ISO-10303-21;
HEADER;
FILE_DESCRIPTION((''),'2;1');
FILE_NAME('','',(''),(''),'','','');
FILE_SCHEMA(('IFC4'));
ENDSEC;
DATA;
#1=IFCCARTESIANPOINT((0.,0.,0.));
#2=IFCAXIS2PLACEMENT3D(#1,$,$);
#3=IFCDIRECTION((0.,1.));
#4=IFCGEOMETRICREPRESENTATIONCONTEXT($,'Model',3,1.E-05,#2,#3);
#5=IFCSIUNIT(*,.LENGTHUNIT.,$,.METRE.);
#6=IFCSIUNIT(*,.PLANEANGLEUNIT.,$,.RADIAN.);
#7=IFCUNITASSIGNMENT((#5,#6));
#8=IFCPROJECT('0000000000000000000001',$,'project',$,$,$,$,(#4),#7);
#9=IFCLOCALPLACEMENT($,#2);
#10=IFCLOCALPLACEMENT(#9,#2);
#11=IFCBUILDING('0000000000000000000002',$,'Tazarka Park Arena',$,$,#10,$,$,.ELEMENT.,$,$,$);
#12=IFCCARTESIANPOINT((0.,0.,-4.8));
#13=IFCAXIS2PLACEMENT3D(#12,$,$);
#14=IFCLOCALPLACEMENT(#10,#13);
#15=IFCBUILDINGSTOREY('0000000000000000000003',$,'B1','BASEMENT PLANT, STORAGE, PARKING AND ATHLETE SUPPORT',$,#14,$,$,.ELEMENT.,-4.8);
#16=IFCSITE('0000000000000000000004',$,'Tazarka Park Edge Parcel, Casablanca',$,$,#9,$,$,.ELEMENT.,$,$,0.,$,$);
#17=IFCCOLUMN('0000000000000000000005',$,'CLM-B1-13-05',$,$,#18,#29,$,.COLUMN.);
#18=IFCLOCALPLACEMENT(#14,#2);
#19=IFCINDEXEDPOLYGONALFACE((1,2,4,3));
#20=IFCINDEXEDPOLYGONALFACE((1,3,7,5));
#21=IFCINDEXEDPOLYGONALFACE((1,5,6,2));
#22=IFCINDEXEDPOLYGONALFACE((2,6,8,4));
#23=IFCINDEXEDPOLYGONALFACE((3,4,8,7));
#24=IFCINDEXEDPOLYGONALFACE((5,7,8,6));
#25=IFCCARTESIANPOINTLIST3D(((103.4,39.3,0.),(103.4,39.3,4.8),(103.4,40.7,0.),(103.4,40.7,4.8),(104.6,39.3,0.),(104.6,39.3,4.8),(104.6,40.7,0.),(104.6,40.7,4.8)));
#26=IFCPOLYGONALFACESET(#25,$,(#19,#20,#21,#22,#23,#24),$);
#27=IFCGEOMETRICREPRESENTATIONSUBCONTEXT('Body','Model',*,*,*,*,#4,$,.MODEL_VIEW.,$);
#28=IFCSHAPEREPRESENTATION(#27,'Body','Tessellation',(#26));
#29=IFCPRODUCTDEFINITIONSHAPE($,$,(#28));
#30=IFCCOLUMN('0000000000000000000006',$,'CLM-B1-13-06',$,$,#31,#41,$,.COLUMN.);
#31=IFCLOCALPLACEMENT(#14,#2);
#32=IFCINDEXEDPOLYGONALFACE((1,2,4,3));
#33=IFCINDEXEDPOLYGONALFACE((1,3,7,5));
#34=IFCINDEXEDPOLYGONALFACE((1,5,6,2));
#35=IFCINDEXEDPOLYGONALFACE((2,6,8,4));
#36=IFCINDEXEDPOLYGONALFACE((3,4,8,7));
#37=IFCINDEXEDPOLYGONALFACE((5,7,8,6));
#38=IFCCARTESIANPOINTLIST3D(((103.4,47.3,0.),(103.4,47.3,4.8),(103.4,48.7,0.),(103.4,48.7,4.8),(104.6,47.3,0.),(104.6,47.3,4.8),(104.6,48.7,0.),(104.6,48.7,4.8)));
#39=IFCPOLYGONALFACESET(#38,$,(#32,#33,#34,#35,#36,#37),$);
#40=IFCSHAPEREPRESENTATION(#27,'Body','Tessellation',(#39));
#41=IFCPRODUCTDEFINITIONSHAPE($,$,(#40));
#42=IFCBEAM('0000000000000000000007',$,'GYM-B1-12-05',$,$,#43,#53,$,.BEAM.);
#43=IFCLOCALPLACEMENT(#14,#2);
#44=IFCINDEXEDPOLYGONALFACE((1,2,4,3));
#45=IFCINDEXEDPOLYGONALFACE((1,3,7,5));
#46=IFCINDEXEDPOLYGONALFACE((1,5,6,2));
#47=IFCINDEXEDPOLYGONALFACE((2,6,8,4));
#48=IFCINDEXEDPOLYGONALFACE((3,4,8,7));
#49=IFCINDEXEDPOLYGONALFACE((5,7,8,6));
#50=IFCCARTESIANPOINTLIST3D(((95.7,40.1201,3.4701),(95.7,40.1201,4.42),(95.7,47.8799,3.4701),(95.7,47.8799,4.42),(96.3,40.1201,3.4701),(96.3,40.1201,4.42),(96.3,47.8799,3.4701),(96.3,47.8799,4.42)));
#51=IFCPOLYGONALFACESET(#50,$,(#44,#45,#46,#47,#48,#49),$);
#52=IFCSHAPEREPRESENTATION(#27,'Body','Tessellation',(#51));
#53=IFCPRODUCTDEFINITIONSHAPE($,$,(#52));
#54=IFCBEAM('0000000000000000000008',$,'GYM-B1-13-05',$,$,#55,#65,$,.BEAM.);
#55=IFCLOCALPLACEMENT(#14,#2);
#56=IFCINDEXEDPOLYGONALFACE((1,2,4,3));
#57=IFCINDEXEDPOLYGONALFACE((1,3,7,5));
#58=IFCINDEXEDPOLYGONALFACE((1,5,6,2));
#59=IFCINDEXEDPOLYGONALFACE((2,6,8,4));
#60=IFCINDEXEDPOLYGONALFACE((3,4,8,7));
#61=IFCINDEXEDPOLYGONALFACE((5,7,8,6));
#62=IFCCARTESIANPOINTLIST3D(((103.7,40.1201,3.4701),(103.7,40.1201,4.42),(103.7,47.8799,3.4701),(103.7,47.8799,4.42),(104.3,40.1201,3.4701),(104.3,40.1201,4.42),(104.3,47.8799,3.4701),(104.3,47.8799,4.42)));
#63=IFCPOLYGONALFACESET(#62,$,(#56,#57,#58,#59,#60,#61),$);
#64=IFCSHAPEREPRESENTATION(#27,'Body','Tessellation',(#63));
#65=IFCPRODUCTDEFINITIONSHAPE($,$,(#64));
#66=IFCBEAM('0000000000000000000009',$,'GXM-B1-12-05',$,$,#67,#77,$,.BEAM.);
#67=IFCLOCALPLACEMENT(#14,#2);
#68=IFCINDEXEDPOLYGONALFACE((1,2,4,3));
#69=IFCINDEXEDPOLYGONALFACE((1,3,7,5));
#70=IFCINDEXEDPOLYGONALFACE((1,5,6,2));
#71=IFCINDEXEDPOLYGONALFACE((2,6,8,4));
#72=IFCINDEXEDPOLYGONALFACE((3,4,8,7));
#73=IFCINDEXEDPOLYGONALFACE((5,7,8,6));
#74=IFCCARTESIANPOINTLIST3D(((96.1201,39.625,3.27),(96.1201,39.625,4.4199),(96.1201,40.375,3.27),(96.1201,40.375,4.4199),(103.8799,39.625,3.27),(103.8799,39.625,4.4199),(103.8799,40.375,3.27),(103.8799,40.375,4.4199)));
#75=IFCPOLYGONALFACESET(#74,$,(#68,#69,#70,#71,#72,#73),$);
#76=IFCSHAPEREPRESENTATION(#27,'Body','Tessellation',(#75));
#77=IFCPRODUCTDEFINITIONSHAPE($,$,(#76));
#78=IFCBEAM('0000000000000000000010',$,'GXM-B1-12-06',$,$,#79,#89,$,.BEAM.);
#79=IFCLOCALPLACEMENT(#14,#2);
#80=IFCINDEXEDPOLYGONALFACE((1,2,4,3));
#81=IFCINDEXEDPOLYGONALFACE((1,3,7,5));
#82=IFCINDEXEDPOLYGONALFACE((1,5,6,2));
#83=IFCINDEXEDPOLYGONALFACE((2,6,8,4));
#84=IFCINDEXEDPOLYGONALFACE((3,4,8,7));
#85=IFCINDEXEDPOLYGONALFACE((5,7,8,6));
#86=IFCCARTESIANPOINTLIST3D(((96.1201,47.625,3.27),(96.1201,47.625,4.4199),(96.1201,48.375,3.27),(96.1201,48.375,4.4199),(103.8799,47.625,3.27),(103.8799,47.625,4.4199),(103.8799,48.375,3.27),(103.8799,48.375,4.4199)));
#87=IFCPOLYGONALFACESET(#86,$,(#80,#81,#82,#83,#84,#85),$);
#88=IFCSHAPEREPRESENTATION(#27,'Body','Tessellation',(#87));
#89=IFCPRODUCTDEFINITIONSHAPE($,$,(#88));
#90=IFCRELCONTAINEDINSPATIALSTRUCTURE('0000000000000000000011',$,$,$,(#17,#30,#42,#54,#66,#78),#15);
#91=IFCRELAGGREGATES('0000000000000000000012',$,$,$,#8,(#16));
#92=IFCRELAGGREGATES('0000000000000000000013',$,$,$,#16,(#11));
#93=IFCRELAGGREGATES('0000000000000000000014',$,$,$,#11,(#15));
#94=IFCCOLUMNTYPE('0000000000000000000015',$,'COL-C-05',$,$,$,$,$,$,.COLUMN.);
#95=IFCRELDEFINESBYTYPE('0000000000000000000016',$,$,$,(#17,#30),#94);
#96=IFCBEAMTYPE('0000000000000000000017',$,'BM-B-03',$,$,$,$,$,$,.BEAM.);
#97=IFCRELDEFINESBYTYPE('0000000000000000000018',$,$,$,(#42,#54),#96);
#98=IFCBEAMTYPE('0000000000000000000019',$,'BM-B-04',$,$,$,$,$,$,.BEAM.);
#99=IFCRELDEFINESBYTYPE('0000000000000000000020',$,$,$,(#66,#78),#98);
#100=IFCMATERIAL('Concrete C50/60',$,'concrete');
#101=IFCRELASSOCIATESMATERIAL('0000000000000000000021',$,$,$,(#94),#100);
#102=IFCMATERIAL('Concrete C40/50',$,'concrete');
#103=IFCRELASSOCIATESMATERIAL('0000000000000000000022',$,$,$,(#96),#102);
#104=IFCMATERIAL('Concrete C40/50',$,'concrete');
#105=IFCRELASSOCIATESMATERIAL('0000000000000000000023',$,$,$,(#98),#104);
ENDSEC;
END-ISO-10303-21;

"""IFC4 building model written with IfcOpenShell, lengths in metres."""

from ifc_helpers import new_model, si_unit, direction, frame, origin, origin_2d, place, context, subcontext, project, spatial, rectangle, extrude, material, material_profile, profile_set, type_object, element, save


model = new_model("IFC4")

# Units and contexts
model_context = context("Model", 3, precision=1e-05, world=origin(), true_north=direction((0.0, 1.0)))
body_context = subcontext(model_context, "Body", "Model", "MODEL_VIEW")
ifc_project = project(units=[si_unit("LENGTHUNIT", "METRE"), si_unit("PLANEANGLEUNIT", "RADIAN")], contexts=[model_context])

# Site, building, storey
site_placement = place(None, origin())
site = spatial("IfcSite", under=ifc_project, at=site_placement, Name="Tazarka Park Edge Parcel, Casablanca", CompositionType="ELEMENT", RefElevation=0.0)
building_placement = place(site_placement, origin())
building = spatial("IfcBuilding", under=site, at=building_placement, Name="Tazarka Park Arena", CompositionType="ELEMENT")
storey_placement = place(building_placement, frame((0.0, 0.0, -4.8)))
storey = spatial("IfcBuildingStorey", under=building, at=storey_placement, Name="B1", Description="BASEMENT PLANT, STORAGE, PARKING AND ATHLETE SUPPORT", CompositionType="ELEMENT", Elevation=-4.8)

# Columns
ifc_material_1 = material(Name="Concrete C50/60", Category="concrete")
ifc_material_profile_1 = material_profile(ifc_material_1, rectangle(XDim=1.2, YDim=1.3999, at=origin_2d()), Name="Concrete C50/60")
ifc_profile_set_1 = profile_set([ifc_material_profile_1], Name="Concrete C50/60")
column_type = type_object("IfcColumnType", Name="COL-C-05", PredefinedType="COLUMN", material=ifc_profile_set_1)
for number, where, z_axis, x_axis, name in (
    (1, (104.0, 40.0, 0.0), (0.0, 0.0, 1.0), (1.0, 0.0, 0.0), "CLM-B1-13-05"),
    (2, (104.0, 48.0, 0.0), (0.0, 0.0, 1.0), (1.0, 0.0, 0.0), "CLM-B1-13-06"),
):
    element("IfcColumn", number, at=place(storey_placement, frame(where, z_axis=z_axis, x_axis=x_axis)), inside=storey, type_object=column_type, Name=name, PredefinedType="COLUMN", context=body_context, shape_type="SweptSolid", body=[
        extrude(rectangle(XDim=1.2, YDim=1.3999, at=origin_2d()), origin(), (0.0, 0.0, 1.0), 4.8),
    ])

# Beams
ifc_material_2 = material(Name="Concrete C40/50", Category="concrete")
ifc_material_profile_2 = material_profile(ifc_material_2, rectangle(XDim=0.6001, YDim=0.95, at=origin_2d()), Name="Concrete C40/50")
ifc_profile_set_2 = profile_set([ifc_material_profile_2], Name="Concrete C40/50")
beam_type_1 = type_object("IfcBeamType", Name="BM-B-03", PredefinedType="BEAM", material=ifc_profile_set_2)
for number, where, z_axis, x_axis, name in (
    (3, (96.0, 40.1201, 3.9451), (0.0, 1.0, 0.0), (-1.0, 0.0, 0.0), "GYM-B1-12-05"),
    (4, (104.0, 40.1201, 3.9451), (0.0, 1.0, 0.0), (-1.0, 0.0, 0.0), "GYM-B1-13-05"),
):
    element("IfcBeam", number, at=place(storey_placement, frame(where, z_axis=z_axis, x_axis=x_axis)), inside=storey, type_object=beam_type_1, Name=name, PredefinedType="BEAM", context=body_context, shape_type="SweptSolid", body=[
        extrude(rectangle(XDim=0.6001, YDim=0.95, at=origin_2d()), origin(), (0.0, 0.0, 1.0), 7.7598),
    ])
ifc_material_3 = material(Name="Concrete C40/50", Category="concrete")
ifc_material_profile_3 = material_profile(ifc_material_3, rectangle(XDim=0.75, YDim=1.1499, at=origin_2d()), Name="Concrete C40/50")
ifc_profile_set_3 = profile_set([ifc_material_profile_3], Name="Concrete C40/50")
beam_type_2 = type_object("IfcBeamType", Name="BM-B-04", PredefinedType="BEAM", material=ifc_profile_set_3)
for number, where, z_axis, x_axis, name in (
    (5, (96.1201, 40.0, 3.845), (1.0, 0.0, 0.0), (0.0, 1.0, 0.0), "GXM-B1-12-05"),
    (6, (96.1201, 48.0, 3.845), (1.0, 0.0, 0.0), (0.0, 1.0, 0.0), "GXM-B1-12-06"),
):
    element("IfcBeam", number, at=place(storey_placement, frame(where, z_axis=z_axis, x_axis=x_axis)), inside=storey, type_object=beam_type_2, Name=name, PredefinedType="BEAM", context=body_context, shape_type="SweptSolid", body=[
        extrude(rectangle(XDim=0.75, YDim=1.1499, at=origin_2d()), origin(), (0.0, 0.0, 1.0), 7.7598),
    ])

save(model, "model.ifc")
